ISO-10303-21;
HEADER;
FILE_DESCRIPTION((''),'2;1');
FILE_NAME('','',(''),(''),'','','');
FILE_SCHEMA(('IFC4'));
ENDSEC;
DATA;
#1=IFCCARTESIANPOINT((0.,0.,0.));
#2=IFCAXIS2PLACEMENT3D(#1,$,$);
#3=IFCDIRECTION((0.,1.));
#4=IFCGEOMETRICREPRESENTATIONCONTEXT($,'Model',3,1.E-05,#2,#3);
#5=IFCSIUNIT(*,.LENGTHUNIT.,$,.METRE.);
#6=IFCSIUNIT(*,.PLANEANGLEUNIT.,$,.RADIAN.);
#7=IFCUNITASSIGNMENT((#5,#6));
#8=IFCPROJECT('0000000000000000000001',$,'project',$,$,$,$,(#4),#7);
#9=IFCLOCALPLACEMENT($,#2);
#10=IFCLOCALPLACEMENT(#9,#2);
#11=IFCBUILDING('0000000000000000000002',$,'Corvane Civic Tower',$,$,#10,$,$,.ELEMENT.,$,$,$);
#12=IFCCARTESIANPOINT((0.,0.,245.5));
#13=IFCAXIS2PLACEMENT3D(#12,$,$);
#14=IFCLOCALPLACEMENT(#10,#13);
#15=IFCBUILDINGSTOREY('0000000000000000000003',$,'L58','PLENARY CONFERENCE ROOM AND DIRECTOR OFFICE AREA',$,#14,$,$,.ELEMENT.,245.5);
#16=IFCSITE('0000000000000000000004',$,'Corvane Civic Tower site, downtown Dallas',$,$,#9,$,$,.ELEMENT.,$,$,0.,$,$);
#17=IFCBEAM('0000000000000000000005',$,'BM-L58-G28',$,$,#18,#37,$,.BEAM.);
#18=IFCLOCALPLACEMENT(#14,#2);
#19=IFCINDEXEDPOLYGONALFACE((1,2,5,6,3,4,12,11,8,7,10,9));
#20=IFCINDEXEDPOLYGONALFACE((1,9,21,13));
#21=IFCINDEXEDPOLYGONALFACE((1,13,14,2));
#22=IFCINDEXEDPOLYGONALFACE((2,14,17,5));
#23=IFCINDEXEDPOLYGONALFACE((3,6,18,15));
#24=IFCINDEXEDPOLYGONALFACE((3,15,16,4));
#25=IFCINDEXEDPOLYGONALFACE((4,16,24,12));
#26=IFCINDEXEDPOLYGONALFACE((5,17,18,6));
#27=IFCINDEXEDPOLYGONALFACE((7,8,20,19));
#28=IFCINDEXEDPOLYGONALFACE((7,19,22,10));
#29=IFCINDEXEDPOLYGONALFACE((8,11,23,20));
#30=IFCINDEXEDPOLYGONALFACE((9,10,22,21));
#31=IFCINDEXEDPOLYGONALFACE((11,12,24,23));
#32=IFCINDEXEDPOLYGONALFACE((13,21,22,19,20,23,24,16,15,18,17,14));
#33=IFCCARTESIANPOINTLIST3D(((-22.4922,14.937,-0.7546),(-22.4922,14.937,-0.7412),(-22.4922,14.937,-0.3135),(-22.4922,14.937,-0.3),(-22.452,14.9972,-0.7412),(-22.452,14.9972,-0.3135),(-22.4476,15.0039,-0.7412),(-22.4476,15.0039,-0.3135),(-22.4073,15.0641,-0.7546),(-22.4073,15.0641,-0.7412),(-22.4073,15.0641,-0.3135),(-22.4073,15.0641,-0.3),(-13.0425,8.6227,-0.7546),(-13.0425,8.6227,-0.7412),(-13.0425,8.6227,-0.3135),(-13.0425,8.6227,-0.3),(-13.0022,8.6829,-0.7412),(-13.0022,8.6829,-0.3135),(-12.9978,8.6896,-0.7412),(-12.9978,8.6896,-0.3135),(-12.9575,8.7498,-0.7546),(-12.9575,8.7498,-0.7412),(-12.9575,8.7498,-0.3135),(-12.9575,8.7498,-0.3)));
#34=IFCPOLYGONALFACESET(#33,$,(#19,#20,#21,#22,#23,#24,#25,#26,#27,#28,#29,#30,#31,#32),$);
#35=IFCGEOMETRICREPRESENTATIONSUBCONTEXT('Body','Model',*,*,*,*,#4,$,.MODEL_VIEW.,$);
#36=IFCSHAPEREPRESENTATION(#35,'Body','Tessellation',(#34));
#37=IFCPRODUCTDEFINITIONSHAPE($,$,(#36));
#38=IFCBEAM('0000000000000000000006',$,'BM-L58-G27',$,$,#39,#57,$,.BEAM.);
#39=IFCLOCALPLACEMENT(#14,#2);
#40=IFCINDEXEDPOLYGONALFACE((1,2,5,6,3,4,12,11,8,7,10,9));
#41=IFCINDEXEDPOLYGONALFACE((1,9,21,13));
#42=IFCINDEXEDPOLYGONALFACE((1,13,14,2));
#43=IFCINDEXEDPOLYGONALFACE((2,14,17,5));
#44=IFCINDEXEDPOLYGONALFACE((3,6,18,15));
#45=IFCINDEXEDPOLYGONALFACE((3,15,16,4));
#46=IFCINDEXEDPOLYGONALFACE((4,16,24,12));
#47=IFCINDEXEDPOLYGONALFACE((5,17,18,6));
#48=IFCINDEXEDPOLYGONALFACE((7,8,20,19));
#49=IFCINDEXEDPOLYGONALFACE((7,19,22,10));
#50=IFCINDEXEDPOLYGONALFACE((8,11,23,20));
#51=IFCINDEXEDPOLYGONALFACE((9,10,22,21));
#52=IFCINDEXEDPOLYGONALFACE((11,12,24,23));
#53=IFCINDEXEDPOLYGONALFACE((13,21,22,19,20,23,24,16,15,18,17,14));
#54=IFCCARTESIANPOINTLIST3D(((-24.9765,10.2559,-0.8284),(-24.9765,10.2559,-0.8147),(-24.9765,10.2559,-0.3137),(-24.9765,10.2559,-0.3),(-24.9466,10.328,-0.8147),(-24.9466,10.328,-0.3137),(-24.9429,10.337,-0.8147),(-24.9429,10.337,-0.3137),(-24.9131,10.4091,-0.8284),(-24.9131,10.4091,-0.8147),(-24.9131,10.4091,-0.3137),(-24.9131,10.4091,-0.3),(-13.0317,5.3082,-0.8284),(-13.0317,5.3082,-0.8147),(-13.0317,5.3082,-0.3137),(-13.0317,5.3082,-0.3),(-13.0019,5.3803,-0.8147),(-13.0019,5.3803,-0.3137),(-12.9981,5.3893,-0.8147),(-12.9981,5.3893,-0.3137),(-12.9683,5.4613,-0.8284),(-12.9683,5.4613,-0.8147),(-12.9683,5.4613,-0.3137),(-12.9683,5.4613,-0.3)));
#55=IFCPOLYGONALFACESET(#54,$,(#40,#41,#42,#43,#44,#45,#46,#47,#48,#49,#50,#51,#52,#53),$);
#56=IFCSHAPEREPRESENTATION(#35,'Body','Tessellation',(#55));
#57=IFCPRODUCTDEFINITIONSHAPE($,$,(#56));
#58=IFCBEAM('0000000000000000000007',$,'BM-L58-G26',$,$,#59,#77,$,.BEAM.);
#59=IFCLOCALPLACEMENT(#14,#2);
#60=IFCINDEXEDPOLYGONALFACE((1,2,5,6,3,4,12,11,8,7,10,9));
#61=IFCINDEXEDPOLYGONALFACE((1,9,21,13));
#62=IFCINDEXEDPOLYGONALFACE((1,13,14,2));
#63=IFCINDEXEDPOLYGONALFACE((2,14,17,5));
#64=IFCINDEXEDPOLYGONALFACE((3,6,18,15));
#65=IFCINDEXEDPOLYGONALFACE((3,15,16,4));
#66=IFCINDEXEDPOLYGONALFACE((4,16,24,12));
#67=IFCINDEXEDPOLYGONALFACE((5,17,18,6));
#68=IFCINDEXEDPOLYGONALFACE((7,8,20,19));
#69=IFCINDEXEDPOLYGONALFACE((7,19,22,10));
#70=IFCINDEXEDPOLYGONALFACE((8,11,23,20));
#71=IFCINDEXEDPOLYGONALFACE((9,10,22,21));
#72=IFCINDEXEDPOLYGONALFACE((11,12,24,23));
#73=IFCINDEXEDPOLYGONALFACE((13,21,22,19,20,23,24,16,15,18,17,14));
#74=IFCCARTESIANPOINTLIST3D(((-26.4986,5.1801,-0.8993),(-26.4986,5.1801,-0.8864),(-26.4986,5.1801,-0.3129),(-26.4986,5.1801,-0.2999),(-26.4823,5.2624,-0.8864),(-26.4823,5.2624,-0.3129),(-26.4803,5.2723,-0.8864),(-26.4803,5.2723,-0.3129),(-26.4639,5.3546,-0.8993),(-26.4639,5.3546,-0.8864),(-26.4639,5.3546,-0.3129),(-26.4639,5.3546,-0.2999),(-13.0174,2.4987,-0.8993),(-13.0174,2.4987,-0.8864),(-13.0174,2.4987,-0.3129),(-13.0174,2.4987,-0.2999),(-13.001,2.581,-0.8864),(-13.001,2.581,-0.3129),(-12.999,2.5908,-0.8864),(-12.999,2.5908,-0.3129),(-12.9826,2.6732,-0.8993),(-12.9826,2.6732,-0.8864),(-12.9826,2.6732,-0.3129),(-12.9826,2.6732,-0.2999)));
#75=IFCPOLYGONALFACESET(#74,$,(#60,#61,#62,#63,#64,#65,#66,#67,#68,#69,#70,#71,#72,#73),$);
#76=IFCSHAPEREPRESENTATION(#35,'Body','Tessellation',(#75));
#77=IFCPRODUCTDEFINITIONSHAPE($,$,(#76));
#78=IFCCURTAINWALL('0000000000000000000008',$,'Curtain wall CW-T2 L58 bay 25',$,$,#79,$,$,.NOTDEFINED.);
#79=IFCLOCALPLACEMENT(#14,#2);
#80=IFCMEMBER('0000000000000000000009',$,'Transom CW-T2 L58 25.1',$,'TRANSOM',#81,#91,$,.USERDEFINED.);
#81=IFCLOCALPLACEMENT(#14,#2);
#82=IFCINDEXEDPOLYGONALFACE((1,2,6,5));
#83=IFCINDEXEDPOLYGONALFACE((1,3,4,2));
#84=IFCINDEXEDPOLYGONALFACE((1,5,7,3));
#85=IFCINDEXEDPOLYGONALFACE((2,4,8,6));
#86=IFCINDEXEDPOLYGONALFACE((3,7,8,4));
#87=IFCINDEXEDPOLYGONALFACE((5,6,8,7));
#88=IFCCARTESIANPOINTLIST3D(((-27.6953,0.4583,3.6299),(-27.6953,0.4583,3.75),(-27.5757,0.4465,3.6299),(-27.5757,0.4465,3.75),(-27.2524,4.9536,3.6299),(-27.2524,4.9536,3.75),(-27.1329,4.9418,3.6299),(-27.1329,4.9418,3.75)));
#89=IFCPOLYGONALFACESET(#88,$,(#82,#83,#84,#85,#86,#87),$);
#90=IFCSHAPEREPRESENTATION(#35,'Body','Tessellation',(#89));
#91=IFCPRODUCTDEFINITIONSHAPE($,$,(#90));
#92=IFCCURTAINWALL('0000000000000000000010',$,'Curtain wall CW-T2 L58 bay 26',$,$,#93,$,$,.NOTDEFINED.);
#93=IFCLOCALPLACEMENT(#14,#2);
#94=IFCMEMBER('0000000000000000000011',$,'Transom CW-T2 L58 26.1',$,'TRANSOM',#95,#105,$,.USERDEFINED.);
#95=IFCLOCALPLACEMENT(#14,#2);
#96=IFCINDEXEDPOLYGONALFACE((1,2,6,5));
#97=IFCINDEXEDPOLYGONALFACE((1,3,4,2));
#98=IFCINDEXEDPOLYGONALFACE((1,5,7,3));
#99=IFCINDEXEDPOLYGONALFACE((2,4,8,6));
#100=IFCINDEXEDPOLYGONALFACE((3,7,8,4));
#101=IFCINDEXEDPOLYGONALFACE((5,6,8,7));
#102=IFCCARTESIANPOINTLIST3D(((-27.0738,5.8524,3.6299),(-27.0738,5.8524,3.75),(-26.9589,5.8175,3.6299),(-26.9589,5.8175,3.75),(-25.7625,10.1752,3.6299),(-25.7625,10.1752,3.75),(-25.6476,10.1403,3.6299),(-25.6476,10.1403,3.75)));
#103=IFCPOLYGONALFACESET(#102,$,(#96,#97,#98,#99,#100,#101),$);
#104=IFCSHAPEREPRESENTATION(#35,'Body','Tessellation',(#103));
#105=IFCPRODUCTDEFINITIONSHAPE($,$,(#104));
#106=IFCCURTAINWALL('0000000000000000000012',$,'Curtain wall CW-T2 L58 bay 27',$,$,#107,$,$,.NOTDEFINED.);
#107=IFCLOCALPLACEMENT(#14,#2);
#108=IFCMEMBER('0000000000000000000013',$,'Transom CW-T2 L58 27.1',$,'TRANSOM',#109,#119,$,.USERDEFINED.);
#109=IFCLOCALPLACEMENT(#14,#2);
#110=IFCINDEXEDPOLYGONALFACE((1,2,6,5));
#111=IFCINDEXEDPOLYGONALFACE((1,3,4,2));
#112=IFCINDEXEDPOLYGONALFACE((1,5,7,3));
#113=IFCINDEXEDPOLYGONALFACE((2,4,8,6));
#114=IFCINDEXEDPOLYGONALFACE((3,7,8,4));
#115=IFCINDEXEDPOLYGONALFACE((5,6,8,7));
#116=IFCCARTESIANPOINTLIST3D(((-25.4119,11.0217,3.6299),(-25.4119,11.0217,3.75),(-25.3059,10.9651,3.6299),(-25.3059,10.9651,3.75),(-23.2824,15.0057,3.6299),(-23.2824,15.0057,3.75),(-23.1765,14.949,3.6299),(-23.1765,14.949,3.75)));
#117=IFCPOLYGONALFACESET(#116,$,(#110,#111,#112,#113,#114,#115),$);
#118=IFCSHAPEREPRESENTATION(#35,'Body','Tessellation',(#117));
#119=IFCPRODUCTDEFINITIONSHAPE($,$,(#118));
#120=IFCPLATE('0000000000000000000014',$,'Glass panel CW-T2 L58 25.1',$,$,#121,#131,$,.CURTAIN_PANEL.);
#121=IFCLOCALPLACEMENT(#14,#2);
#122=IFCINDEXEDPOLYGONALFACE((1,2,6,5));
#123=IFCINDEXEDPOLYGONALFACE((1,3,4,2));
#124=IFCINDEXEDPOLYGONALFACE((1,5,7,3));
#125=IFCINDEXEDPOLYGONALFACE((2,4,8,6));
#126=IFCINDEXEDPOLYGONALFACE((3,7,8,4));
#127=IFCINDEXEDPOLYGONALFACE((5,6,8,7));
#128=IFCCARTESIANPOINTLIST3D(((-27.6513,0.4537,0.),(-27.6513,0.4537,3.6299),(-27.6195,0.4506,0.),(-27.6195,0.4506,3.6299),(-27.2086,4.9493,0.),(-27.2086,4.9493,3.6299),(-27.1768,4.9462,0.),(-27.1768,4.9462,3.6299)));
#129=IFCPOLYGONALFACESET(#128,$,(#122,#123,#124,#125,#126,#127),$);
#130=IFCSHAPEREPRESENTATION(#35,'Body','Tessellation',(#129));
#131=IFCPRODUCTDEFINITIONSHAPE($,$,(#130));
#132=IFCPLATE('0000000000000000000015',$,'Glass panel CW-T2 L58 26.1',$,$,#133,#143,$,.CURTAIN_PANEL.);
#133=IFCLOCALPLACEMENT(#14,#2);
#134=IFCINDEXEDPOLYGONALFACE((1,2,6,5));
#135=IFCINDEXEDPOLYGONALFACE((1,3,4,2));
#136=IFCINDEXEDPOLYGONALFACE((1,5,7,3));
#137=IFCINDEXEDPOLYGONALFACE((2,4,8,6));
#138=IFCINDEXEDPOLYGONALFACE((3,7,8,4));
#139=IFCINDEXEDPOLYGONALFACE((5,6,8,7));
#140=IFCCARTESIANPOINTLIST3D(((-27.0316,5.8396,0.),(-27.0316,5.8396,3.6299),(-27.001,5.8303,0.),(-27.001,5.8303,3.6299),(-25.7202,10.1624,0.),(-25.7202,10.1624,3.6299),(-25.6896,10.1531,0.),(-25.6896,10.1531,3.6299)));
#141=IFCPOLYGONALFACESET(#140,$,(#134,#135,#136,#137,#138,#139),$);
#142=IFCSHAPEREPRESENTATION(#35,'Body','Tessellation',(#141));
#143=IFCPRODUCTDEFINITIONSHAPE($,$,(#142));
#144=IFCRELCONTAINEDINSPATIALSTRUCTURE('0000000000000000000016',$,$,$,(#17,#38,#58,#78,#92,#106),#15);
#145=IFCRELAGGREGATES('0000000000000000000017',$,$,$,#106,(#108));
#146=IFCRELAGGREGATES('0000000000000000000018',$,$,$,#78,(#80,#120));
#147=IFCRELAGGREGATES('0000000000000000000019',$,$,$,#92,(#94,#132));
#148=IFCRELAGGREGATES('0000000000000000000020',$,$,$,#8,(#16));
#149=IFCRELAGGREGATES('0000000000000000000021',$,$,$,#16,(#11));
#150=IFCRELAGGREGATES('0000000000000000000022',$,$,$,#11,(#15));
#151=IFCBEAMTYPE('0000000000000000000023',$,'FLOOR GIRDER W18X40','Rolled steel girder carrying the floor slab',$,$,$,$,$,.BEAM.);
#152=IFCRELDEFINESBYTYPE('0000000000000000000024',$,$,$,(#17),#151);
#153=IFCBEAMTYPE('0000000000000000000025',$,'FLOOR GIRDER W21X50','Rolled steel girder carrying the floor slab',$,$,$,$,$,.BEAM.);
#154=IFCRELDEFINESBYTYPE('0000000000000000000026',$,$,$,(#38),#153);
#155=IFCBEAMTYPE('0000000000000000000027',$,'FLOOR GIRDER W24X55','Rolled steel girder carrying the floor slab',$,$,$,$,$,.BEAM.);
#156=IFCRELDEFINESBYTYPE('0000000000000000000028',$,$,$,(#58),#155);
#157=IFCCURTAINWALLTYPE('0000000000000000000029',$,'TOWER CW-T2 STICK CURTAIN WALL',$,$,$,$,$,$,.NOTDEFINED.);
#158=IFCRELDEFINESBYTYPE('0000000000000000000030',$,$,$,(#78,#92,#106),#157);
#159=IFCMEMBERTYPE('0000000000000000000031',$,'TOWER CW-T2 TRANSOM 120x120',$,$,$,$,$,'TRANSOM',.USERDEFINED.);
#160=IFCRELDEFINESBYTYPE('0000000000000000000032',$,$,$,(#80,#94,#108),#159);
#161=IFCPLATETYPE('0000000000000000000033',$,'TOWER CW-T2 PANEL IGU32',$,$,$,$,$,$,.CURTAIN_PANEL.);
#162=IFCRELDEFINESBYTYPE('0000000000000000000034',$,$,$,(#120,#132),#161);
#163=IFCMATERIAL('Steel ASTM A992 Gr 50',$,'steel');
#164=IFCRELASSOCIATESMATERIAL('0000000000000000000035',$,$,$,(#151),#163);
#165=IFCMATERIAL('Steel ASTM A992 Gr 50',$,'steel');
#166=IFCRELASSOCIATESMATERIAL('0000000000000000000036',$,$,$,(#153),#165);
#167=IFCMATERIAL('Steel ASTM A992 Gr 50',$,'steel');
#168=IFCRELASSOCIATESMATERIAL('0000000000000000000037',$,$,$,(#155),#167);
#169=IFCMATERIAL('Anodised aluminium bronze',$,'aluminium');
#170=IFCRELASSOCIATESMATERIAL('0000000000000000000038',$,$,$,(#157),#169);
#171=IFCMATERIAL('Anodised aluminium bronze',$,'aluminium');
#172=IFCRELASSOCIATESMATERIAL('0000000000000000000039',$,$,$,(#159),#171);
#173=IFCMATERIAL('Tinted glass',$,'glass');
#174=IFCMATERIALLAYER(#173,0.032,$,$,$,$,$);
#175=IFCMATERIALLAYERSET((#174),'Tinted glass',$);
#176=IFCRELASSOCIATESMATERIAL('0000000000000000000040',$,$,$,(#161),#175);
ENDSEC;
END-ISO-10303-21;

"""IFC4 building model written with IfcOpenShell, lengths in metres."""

from ifc_helpers import new_model, si_unit, direction, frame, origin, origin_2d, place, context, subcontext, project, spatial, rectangle, i_section, extrude, material, layer, layer_set, material_profile, profile_set, type_object, element, aggregate, save


model = new_model("IFC4")

# Units and contexts
model_context = context("Model", 3, precision=1e-05, world=origin(), true_north=direction((0.0, 1.0)))
body_context = subcontext(model_context, "Body", "Model", "MODEL_VIEW")
ifc_project = project(units=[si_unit("LENGTHUNIT", "METRE"), si_unit("PLANEANGLEUNIT", "RADIAN")], contexts=[model_context])

# Site, building, storey
site_placement = place(None, origin())
site = spatial("IfcSite", under=ifc_project, at=site_placement, Name="Corvane Civic Tower site, downtown Dallas", CompositionType="ELEMENT", RefElevation=0.0)
building_placement = place(site_placement, origin())
building = spatial("IfcBuilding", under=site, at=building_placement, Name="Corvane Civic Tower", CompositionType="ELEMENT")
storey_placement = place(building_placement, frame((0.0, 0.0, 245.5)))
storey = spatial("IfcBuildingStorey", under=building, at=storey_placement, Name="L58", Description="PLENARY CONFERENCE ROOM AND DIRECTOR OFFICE AREA", CompositionType="ELEMENT", Elevation=245.5)

# Beams
ifc_material_1 = material(Name="Steel ASTM A992 Gr 50", Category="steel")
ifc_material_profile_1 = material_profile(ifc_material_1, i_section(OverallWidth=0.1528, OverallDepth=0.4546, WebThickness=0.0081, FlangeThickness=0.0134, at=origin_2d()), Name="W18X40")
ifc_profile_set_1 = profile_set([ifc_material_profile_1], Name="Steel ASTM A992 Gr 50")
beam_type_1 = type_object("IfcBeamType", Name="FLOOR GIRDER W18X40", Description="Rolled steel girder carrying the floor slab", PredefinedType="BEAM", material=ifc_profile_set_1)
beam_1_placement = place(storey_placement, frame((-13.0, 8.6863, -0.5273), z_axis=(-0.831465, 0.555577, 0.0), x_axis=(-0.555577, -0.831465, 0.0)))
element("IfcBeam", 1, at=beam_1_placement, inside=storey, type_object=beam_type_1, Name="BM-L58-G28", PredefinedType="BEAM", context=body_context, shape_type="SweptSolid", body=[
    extrude(i_section(OverallWidth=0.1528, OverallDepth=0.4546, WebThickness=0.0081, FlangeThickness=0.0134, at=origin_2d()), origin(), (0.0, 0.0, 1.0), 11.3652),
])
ifc_material_2 = material(Name="Steel ASTM A992 Gr 50", Category="steel")
ifc_material_profile_2 = material_profile(ifc_material_2, i_section(OverallWidth=0.1658, OverallDepth=0.5283, WebThickness=0.0098, FlangeThickness=0.0137, at=origin_2d()), Name="W21X50")
ifc_profile_set_2 = profile_set([ifc_material_profile_2], Name="Steel ASTM A992 Gr 50")
beam_type_2 = type_object("IfcBeamType", Name="FLOOR GIRDER W21X50", Description="Rolled steel girder carrying the floor slab", PredefinedType="BEAM", material=ifc_profile_set_2)
beam_2_placement = place(storey_placement, frame((-13.0, 5.3848, -0.5642), z_axis=(-0.923878, 0.382686, 0.0), x_axis=(-0.382686, -0.923878, 0.0)))
element("IfcBeam", 2, at=beam_2_placement, inside=storey, type_object=beam_type_2, Name="BM-L58-G27", PredefinedType="BEAM", context=body_context, shape_type="SweptSolid", body=[
    extrude(i_section(OverallWidth=0.1658, OverallDepth=0.5283, WebThickness=0.0098, FlangeThickness=0.0137, at=origin_2d()), origin(), (0.0, 0.0, 1.0), 12.929),
])
ifc_material_3 = material(Name="Steel ASTM A992 Gr 50", Category="steel")
ifc_material_profile_3 = material_profile(ifc_material_3, i_section(OverallWidth=0.178, OverallDepth=0.5994, WebThickness=0.01, FlangeThickness=0.0129, at=origin_2d()), Name="W24X55")
ifc_profile_set_3 = profile_set([ifc_material_profile_3], Name="Steel ASTM A992 Gr 50")
beam_type_3 = type_object("IfcBeamType", Name="FLOOR GIRDER W24X55", Description="Rolled steel girder carrying the floor slab", PredefinedType="BEAM", material=ifc_profile_set_3)
beam_3_placement = place(storey_placement, frame((-13.0, 2.5859, -0.5996), z_axis=(-0.980788, 0.195078, 0.0), x_axis=(-0.195078, -0.980788, 0.0)))
element("IfcBeam", 3, at=beam_3_placement, inside=storey, type_object=beam_type_3, Name="BM-L58-G26", PredefinedType="BEAM", context=body_context, shape_type="SweptSolid", body=[
    extrude(i_section(OverallWidth=0.178, OverallDepth=0.5994, WebThickness=0.01, FlangeThickness=0.0129, at=origin_2d()), origin(), (0.0, 0.0, 1.0), 13.7454),
])

# Curtain walls, members
ifc_material_4 = material(Name="Anodised aluminium bronze", Category="aluminium")
curtain_wall_type = type_object("IfcCurtainWallType", Name="TOWER CW-T2 STICK CURTAIN WALL", PredefinedType="NOTDEFINED", material=ifc_material_4)
curtain_wall_1_placement = place(storey_placement, origin())
curtain_wall_1 = element("IfcCurtainWall", 4, at=curtain_wall_1_placement, inside=storey, type_object=curtain_wall_type, Name="Curtain wall CW-T2 L58 bay 25", PredefinedType="NOTDEFINED")
ifc_material_5 = material(Name="Anodised aluminium bronze", Category="aluminium")
ifc_material_profile_4 = material_profile(ifc_material_5, rectangle(XDim=0.1201, YDim=0.1201, at=origin_2d()), Name="TOWER CW-T2 TRANSOM 120x120")
ifc_profile_set_4 = profile_set([ifc_material_profile_4], Name="Anodised aluminium bronze")
member_type = type_object("IfcMemberType", Name="TOWER CW-T2 TRANSOM 120x120", ElementType="TRANSOM", PredefinedType="USERDEFINED", material=ifc_profile_set_4)
member_1_placement = place(storey_placement, frame((-27.6355, 0.4524, 3.6899), z_axis=(0.098043, 0.995182, 0.0), x_axis=(-0.995182, 0.098043, 0.0)))
member_1 = element("IfcMember", 5, at=member_1_placement, type_object=member_type, Name="Transom CW-T2 L58 25.1", ObjectType="TRANSOM", PredefinedType="USERDEFINED", context=body_context, shape_type="SweptSolid", body=[
    extrude(rectangle(XDim=0.1201, YDim=0.1201, at=origin_2d()), origin(), (0.0, 0.0, 1.0), 4.5171),
])
curtain_wall_2_placement = place(storey_placement, origin())
curtain_wall_2 = element("IfcCurtainWall", 6, at=curtain_wall_2_placement, inside=storey, type_object=curtain_wall_type, Name="Curtain wall CW-T2 L58 bay 26", PredefinedType="NOTDEFINED")
member_2_placement = place(storey_placement, frame((-27.0164, 5.835, 3.6899), z_axis=(0.290282, 0.956941, 0.0), x_axis=(-0.956941, 0.290282, 0.0)))
member_2 = element("IfcMember", 7, at=member_2_placement, type_object=member_type, Name="Transom CW-T2 L58 26.1", ObjectType="TRANSOM", PredefinedType="USERDEFINED", context=body_context, shape_type="SweptSolid", body=[
    extrude(rectangle(XDim=0.1201, YDim=0.1201, at=origin_2d()), origin(), (0.0, 0.0, 1.0), 4.5173),
])
curtain_wall_3_placement = place(storey_placement, origin())
curtain_wall_3 = element("IfcCurtainWall", 8, at=curtain_wall_3_placement, inside=storey, type_object=curtain_wall_type, Name="Curtain wall CW-T2 L58 bay 27", PredefinedType="NOTDEFINED")
member_3_placement = place(storey_placement, frame((-25.3589, 10.9934, 3.6899), z_axis=(0.47139, 0.881925, 0.0), x_axis=(-0.881925, 0.47139, 0.0)))
member_3 = element("IfcMember", 9, at=member_3_placement, type_object=member_type, Name="Transom CW-T2 L58 27.1", ObjectType="TRANSOM", PredefinedType="USERDEFINED", context=body_context, shape_type="SweptSolid", body=[
    extrude(rectangle(XDim=0.1201, YDim=0.1201, at=origin_2d()), origin(), (0.0, 0.0, 1.0), 4.5173),
])
aggregate(curtain_wall_3, [member_3])

# Plates
ifc_material_6 = material(Name="Tinted glass", Category="glass")
ifc_layer_1 = layer(ifc_material_6, 0.032)
ifc_layer_set_1 = layer_set([ifc_layer_1], Name="Tinted glass")
plate_type = type_object("IfcPlateType", Name="TOWER CW-T2 PANEL IGU32", PredefinedType="CURTAIN_PANEL", material=ifc_layer_set_1)
plate_1_placement = place(storey_placement, frame((-27.4141, 2.7, 0.0), z_axis=(0.0, 0.0, 1.0), x_axis=(0.097993, 0.995187, 0.0)))
plate_1 = element("IfcPlate", 10, at=plate_1_placement, type_object=plate_type, Name="Glass panel CW-T2 L58 25.1", PredefinedType="CURTAIN_PANEL", context=body_context, shape_type="SweptSolid", body=[
    extrude(rectangle(XDim=4.5173, YDim=0.032, at=origin_2d()), origin(), (0.0, 0.0, 1.0), 3.6299),
])
aggregate(curtain_wall_1, [member_1, plate_1])
plate_2_placement = place(storey_placement, frame((-26.3606, 7.9963, 0.0), z_axis=(0.0, 0.0, 1.0), x_axis=(0.29029, 0.956939, 0.0)))
plate_2 = element("IfcPlate", 11, at=plate_2_placement, type_object=plate_type, Name="Glass panel CW-T2 L58 26.1", PredefinedType="CURTAIN_PANEL", context=body_context, shape_type="SweptSolid", body=[
    extrude(rectangle(XDim=4.5173, YDim=0.032, at=origin_2d()), origin(), (0.0, 0.0, 1.0), 3.6299),
])
aggregate(curtain_wall_2, [member_2, plate_2])

save(model, "model.ifc")
